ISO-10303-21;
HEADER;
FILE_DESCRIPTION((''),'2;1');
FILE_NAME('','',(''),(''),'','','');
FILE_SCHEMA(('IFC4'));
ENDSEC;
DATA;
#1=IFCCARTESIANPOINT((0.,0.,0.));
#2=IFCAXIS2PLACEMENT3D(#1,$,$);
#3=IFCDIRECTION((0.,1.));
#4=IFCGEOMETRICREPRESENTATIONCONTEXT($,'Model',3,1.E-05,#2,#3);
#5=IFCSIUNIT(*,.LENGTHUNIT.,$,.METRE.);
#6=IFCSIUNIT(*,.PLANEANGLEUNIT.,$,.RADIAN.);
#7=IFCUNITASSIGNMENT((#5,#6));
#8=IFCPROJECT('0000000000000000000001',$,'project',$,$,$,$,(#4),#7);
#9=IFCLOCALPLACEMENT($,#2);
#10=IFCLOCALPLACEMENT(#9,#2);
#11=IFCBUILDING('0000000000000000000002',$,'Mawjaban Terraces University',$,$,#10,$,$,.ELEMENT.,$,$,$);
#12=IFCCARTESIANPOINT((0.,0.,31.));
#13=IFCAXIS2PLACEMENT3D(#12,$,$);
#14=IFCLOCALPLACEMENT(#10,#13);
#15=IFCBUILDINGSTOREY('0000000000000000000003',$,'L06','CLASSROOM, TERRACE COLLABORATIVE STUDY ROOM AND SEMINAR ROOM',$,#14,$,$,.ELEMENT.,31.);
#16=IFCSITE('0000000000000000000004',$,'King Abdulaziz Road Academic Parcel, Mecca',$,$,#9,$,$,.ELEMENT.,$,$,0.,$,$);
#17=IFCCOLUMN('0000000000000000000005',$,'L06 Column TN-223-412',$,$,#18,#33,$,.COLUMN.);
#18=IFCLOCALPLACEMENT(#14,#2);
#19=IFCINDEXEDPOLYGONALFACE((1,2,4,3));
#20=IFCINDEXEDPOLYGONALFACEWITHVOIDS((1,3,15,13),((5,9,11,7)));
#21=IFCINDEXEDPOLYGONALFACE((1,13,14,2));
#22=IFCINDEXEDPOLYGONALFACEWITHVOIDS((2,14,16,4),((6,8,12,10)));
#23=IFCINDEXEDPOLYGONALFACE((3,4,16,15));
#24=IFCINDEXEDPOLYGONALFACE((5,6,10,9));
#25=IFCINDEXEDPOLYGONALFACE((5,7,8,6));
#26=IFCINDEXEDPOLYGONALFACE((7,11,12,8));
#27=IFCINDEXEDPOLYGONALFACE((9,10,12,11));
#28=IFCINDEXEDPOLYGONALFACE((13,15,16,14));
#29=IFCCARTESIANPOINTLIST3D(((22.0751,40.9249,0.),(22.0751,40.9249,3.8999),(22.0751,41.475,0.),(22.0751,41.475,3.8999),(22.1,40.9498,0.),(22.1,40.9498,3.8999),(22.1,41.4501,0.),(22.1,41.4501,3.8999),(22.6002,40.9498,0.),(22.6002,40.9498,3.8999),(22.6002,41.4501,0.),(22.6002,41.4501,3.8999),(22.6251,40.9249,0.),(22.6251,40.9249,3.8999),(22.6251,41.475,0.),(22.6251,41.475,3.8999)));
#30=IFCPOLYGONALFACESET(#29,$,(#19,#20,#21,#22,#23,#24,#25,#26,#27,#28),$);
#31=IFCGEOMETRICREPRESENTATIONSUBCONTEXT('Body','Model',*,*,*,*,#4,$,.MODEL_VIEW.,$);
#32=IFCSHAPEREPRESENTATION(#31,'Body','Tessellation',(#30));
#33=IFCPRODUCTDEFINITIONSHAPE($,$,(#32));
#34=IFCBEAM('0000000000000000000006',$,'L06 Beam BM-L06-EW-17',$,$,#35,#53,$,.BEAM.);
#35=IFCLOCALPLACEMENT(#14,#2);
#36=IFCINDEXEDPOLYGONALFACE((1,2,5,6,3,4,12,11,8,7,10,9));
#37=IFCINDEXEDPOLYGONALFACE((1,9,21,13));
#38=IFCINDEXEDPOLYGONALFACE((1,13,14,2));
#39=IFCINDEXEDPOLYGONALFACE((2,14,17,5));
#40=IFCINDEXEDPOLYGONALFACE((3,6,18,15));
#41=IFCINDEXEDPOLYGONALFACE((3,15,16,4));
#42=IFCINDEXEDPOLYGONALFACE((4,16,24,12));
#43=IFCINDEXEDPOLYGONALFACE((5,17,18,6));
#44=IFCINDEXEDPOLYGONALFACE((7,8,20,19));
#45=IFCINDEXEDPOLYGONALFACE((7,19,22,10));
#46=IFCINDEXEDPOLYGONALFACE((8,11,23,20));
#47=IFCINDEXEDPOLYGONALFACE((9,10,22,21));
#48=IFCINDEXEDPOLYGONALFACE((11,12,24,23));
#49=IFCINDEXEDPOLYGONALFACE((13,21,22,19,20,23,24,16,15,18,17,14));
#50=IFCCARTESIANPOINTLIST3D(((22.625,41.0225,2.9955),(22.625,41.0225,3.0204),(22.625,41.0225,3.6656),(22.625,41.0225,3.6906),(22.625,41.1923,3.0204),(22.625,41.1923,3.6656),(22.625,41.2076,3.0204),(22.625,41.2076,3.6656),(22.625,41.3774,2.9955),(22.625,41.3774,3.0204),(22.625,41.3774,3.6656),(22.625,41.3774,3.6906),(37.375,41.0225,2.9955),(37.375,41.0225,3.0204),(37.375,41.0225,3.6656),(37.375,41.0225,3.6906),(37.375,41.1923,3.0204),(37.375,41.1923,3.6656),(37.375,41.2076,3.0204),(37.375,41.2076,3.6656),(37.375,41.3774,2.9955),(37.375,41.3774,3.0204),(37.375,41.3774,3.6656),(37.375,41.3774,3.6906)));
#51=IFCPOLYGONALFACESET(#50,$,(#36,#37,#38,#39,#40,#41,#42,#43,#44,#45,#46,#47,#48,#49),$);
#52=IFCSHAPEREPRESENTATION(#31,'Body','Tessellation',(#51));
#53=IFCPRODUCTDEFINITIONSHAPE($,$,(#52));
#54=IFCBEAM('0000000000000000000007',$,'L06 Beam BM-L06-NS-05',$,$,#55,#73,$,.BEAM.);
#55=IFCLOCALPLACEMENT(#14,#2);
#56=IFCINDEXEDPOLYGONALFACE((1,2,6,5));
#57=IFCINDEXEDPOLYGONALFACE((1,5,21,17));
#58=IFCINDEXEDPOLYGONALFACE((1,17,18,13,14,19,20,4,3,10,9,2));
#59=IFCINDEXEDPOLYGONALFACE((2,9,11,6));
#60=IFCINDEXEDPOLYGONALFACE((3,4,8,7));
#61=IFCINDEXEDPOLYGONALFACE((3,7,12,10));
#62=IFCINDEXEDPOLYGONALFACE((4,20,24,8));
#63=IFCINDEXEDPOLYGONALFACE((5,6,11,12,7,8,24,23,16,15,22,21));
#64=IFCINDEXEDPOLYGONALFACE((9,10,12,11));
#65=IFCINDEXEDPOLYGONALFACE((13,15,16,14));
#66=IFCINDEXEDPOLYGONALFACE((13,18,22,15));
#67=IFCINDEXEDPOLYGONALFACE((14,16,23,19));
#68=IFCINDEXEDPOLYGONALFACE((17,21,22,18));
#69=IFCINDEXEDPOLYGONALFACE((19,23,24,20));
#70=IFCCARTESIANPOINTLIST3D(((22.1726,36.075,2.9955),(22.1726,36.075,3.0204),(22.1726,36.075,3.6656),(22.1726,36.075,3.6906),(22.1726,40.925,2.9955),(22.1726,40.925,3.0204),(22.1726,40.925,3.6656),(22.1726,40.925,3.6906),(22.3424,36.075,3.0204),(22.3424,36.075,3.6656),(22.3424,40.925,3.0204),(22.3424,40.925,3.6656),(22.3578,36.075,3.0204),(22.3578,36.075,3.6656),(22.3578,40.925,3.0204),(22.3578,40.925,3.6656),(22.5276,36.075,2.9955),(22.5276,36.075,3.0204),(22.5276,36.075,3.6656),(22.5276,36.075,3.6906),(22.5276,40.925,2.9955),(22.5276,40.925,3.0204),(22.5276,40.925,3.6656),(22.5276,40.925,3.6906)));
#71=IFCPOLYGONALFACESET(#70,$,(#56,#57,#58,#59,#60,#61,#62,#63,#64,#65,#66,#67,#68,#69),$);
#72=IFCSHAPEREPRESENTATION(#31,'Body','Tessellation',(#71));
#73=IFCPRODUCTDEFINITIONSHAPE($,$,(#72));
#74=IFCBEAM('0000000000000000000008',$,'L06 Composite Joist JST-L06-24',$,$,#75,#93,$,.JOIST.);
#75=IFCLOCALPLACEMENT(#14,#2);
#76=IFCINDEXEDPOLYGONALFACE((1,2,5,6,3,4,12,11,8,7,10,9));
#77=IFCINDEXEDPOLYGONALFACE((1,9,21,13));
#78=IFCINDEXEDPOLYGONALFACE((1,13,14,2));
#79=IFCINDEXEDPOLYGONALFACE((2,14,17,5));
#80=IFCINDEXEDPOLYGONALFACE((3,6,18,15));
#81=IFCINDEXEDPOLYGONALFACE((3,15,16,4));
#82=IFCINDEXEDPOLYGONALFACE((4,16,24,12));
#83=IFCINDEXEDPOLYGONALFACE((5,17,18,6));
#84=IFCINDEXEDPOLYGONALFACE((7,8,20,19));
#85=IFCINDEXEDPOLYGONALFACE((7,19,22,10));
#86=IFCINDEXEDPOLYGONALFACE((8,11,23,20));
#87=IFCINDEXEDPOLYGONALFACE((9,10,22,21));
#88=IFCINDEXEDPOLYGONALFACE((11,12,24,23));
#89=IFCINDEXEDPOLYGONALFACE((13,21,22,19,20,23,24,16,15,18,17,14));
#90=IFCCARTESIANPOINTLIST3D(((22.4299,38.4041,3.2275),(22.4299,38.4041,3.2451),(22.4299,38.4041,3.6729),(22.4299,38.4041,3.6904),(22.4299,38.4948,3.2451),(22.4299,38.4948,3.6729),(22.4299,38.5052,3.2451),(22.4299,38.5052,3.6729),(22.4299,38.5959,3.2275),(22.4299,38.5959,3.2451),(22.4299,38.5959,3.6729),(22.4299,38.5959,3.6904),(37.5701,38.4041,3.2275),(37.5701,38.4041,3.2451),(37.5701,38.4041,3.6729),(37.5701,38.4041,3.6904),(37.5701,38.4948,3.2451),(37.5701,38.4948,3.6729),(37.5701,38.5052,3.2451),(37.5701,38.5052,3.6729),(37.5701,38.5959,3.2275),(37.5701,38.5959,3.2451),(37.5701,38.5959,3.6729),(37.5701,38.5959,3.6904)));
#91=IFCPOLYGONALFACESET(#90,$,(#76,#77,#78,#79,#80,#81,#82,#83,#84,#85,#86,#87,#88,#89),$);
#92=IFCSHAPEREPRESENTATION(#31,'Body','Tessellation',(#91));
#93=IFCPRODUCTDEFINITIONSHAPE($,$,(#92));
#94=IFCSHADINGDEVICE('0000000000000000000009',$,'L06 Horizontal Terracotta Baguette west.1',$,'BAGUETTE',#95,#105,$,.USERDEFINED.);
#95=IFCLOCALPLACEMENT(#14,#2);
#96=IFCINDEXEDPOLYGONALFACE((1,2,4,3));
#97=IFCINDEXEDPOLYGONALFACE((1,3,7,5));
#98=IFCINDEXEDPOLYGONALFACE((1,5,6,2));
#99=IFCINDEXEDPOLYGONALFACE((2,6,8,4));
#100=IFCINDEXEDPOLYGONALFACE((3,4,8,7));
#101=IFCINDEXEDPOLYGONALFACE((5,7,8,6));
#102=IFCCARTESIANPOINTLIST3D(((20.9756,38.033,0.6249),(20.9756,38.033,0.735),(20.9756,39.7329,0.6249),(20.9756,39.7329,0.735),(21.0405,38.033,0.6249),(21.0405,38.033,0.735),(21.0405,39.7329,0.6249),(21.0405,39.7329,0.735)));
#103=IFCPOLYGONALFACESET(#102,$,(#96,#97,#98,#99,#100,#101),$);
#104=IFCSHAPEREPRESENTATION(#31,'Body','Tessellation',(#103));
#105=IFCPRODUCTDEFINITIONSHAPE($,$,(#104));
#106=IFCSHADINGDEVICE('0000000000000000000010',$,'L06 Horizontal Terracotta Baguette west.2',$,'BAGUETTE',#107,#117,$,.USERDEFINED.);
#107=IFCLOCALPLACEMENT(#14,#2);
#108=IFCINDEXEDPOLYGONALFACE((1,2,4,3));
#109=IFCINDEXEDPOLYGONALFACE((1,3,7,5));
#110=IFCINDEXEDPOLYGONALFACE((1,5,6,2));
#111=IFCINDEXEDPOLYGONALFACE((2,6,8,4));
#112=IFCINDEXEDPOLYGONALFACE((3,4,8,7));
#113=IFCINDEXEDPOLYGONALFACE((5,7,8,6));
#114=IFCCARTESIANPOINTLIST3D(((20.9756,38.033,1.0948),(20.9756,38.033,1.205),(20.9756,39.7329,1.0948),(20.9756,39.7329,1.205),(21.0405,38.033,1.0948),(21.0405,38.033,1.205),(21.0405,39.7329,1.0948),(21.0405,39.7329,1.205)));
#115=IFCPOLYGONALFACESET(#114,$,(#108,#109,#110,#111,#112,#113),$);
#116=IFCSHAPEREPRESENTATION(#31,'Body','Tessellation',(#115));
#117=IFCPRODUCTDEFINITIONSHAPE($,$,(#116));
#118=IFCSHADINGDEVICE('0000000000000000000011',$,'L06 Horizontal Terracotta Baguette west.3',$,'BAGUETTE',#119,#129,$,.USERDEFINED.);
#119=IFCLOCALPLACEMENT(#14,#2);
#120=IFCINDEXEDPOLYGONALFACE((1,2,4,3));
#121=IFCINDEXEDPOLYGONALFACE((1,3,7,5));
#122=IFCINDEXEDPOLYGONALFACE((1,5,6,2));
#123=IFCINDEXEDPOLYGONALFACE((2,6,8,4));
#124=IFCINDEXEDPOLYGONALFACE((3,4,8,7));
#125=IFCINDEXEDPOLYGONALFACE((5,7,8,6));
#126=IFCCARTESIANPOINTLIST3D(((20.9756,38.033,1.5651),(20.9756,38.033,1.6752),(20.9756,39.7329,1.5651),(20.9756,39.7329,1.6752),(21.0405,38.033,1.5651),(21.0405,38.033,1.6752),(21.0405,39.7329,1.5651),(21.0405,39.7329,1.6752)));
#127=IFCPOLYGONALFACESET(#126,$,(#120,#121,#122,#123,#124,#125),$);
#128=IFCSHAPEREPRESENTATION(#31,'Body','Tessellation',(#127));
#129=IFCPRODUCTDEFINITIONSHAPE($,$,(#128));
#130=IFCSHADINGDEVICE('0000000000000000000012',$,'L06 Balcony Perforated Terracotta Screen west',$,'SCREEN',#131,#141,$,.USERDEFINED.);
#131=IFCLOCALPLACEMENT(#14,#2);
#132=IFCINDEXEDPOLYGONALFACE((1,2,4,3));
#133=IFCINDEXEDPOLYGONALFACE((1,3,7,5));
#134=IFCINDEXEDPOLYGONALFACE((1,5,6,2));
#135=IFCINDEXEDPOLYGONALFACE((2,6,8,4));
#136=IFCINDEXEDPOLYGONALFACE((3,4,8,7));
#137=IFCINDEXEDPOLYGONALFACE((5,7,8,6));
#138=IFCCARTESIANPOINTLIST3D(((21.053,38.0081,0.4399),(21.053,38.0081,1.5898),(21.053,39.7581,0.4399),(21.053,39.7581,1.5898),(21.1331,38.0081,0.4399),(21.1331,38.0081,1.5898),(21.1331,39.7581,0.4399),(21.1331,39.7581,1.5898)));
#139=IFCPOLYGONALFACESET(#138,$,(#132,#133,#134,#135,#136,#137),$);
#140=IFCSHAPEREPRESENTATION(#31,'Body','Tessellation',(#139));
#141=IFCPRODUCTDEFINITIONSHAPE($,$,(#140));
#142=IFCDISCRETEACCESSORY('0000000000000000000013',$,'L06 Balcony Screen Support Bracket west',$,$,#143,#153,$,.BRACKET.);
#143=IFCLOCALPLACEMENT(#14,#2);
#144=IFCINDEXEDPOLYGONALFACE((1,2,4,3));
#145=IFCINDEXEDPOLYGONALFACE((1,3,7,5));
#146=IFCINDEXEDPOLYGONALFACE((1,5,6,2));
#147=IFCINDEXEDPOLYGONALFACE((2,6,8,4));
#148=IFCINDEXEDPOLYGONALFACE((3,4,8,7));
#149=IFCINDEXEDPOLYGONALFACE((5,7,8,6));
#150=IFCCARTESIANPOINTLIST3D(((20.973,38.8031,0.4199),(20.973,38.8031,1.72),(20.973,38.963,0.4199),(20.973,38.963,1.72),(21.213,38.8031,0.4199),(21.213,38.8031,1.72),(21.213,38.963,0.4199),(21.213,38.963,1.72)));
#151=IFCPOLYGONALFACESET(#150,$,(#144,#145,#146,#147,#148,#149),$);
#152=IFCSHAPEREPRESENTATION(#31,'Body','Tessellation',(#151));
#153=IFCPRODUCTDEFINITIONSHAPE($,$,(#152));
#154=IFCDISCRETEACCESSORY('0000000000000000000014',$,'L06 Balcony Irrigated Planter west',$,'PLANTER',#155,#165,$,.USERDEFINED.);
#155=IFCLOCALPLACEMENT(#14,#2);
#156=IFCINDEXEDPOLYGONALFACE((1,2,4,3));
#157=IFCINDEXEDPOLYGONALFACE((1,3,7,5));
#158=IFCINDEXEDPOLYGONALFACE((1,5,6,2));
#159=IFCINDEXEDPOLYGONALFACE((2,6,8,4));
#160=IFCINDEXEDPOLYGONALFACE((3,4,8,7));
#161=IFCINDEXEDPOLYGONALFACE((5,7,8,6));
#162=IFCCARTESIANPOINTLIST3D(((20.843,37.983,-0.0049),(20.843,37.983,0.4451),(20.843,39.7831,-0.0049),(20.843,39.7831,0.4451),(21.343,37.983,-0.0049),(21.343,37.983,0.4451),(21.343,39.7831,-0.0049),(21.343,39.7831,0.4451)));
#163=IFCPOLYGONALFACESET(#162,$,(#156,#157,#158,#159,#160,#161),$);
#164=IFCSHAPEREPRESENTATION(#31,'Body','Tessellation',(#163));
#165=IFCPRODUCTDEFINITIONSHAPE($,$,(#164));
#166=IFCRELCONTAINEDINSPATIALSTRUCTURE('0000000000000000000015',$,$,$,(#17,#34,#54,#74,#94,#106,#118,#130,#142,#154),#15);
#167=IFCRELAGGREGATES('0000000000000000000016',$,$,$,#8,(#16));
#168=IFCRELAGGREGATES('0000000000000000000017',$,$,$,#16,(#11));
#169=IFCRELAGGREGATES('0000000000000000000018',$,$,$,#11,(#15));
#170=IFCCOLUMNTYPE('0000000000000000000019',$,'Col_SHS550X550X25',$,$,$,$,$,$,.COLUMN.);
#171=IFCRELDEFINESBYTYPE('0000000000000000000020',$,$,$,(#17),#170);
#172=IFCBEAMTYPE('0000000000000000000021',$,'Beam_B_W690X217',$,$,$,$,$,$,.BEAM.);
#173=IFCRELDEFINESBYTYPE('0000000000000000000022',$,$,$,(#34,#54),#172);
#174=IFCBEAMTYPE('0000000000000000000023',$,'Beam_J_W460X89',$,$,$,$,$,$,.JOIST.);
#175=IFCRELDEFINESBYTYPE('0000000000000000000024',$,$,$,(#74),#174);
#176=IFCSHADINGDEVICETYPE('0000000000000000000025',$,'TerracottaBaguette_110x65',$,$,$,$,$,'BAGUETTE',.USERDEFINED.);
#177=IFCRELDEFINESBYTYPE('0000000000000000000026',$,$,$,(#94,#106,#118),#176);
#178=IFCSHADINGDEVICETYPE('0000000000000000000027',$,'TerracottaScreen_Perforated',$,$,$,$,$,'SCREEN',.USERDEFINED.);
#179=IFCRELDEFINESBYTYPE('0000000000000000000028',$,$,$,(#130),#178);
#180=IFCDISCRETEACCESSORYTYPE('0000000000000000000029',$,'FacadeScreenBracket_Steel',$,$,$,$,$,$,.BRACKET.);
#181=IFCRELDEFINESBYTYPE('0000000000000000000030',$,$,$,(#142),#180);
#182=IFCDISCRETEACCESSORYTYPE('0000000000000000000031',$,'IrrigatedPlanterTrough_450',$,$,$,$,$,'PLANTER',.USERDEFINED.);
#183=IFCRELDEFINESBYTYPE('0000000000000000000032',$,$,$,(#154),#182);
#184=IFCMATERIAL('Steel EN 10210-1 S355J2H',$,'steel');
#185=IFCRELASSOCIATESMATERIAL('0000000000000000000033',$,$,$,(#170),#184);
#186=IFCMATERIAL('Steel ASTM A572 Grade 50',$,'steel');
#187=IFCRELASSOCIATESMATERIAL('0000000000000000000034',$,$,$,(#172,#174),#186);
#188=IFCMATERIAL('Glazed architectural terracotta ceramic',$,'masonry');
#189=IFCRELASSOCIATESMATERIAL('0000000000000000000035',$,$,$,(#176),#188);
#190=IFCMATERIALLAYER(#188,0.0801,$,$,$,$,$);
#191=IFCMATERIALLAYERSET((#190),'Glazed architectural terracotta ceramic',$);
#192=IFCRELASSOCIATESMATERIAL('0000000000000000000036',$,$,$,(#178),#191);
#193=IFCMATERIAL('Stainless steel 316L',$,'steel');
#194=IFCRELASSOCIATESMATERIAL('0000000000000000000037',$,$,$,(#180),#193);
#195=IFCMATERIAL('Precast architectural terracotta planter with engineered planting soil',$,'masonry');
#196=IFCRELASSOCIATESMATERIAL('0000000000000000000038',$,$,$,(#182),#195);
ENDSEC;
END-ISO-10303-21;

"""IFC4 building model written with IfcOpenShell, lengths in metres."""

from ifc_helpers import new_model, si_unit, direction, frame, origin, origin_2d, place, context, subcontext, project, spatial, rectangle, hollow_rectangle, i_section, extrude, material, layer, layer_set, material_profile, profile_set, type_object, element, save


model = new_model("IFC4")

# Units and contexts
model_context = context("Model", 3, precision=1e-05, world=origin(), true_north=direction((0.0, 1.0)))
body_context = subcontext(model_context, "Body", "Model", "MODEL_VIEW")
ifc_project = project(units=[si_unit("LENGTHUNIT", "METRE"), si_unit("PLANEANGLEUNIT", "RADIAN")], contexts=[model_context])

# Site, building, storey
site_placement = place(None, origin())
site = spatial("IfcSite", under=ifc_project, at=site_placement, Name="King Abdulaziz Road Academic Parcel, Mecca", CompositionType="ELEMENT", RefElevation=0.0)
building_placement = place(site_placement, origin())
building = spatial("IfcBuilding", under=site, at=building_placement, Name="Mawjaban Terraces University", CompositionType="ELEMENT")
storey_placement = place(building_placement, frame((0.0, 0.0, 31.0)))
storey = spatial("IfcBuildingStorey", under=building, at=storey_placement, Name="L06", Description="CLASSROOM, TERRACE COLLABORATIVE STUDY ROOM AND SEMINAR ROOM", CompositionType="ELEMENT", Elevation=31.0)

# Column
ifc_material_1 = material(Name="Steel EN 10210-1 S355J2H", Category="steel")
ifc_material_profile_1 = material_profile(ifc_material_1, hollow_rectangle(XDim=0.55, YDim=0.55, WallThickness=0.0249, at=origin_2d()), Name="SHS550X550X25")
ifc_profile_set_1 = profile_set([ifc_material_profile_1], Name="Steel EN 10210-1 S355J2H")
column_type = type_object("IfcColumnType", Name="Col_SHS550X550X25", PredefinedType="COLUMN", material=ifc_profile_set_1)
column_placement = place(storey_placement, frame((22.3501, 41.2, 0.0), z_axis=(0.0, 0.0, 1.0), x_axis=(1.0, 0.0, 0.0)))
element("IfcColumn", 1, at=column_placement, inside=storey, type_object=column_type, Name="L06 Column TN-223-412", PredefinedType="COLUMN", context=body_context, shape_type="SweptSolid", body=[
    extrude(hollow_rectangle(XDim=0.55, YDim=0.55, WallThickness=0.0249, at=origin_2d()), origin(), (0.0, 0.0, 1.0), 3.8999),
])

# Beams
ifc_material_2 = material(Name="Steel ASTM A572 Grade 50", Category="steel")
ifc_material_profile_2 = material_profile(ifc_material_2, i_section(OverallWidth=0.355, OverallDepth=0.6951, WebThickness=0.0154, FlangeThickness=0.0249, at=origin_2d()), Name="W690X217")
ifc_profile_set_2 = profile_set([ifc_material_profile_2], Name="Steel ASTM A572 Grade 50")
beam_type_1 = type_object("IfcBeamType", Name="Beam_B_W690X217", PredefinedType="BEAM", material=ifc_profile_set_2)
beam_1_placement = place(storey_placement, frame((22.625, 41.2, 3.343), z_axis=(1.0, 0.0, 0.0), x_axis=(0.0, 1.0, 0.0)))
element("IfcBeam", 2, at=beam_1_placement, inside=storey, type_object=beam_type_1, Name="L06 Beam BM-L06-EW-17", PredefinedType="BEAM", context=body_context, shape_type="SweptSolid", body=[
    extrude(i_section(OverallWidth=0.355, OverallDepth=0.6951, WebThickness=0.0154, FlangeThickness=0.0249, at=origin_2d()), origin(), (0.0, 0.0, 1.0), 14.75),
])
beam_2_placement = place(storey_placement, frame((22.3501, 36.075, 3.343), z_axis=(0.0, 1.0, 0.0), x_axis=(-1.0, 0.0, 0.0)))
element("IfcBeam", 3, at=beam_2_placement, inside=storey, type_object=beam_type_1, Name="L06 Beam BM-L06-NS-05", PredefinedType="BEAM", context=body_context, shape_type="SweptSolid", body=[
    extrude(i_section(OverallWidth=0.355, OverallDepth=0.6951, WebThickness=0.0154, FlangeThickness=0.0249, at=origin_2d()), origin(), (0.0, 0.0, 1.0), 4.8501),
])
ifc_material_profile_3 = material_profile(ifc_material_2, i_section(OverallWidth=0.1919, OverallDepth=0.4629, WebThickness=0.0105, FlangeThickness=0.0176, at=origin_2d()), Name="W460X89")
ifc_profile_set_3 = profile_set([ifc_material_profile_3], Name="Steel ASTM A572 Grade 50")
beam_type_2 = type_object("IfcBeamType", Name="Beam_J_W460X89", PredefinedType="JOIST", material=ifc_profile_set_3)
beam_3_placement = place(storey_placement, frame((22.4299, 38.5, 3.459), z_axis=(1.0, 0.0, 0.0), x_axis=(0.0, 1.0, 0.0)))
element("IfcBeam", 4, at=beam_3_placement, inside=storey, type_object=beam_type_2, Name="L06 Composite Joist JST-L06-24", PredefinedType="JOIST", context=body_context, shape_type="SweptSolid", body=[
    extrude(i_section(OverallWidth=0.1919, OverallDepth=0.4629, WebThickness=0.0105, FlangeThickness=0.0176, at=origin_2d()), origin(), (0.0, 0.0, 1.0), 15.1401),
])

# Shading devices
ifc_material_3 = material(Name="Glazed architectural terracotta ceramic", Category="masonry")
ifc_material_profile_4 = material_profile(ifc_material_3, rectangle(XDim=0.0649, YDim=0.1101, at=origin_2d()), Name="TBAG110X65")
ifc_profile_set_4 = profile_set([ifc_material_profile_4], Name="Glazed architectural terracotta ceramic")
shading_device_type_1 = type_object("IfcShadingDeviceType", Name="TerracottaBaguette_110x65", ElementType="BAGUETTE", PredefinedType="USERDEFINED", material=ifc_profile_set_4)
for number, where, z_axis, x_axis, name in (
    (5, (21.0081, 38.033, 0.6799), (0.0, 1.0, 0.0), (-1.0, 0.0, 0.0), "L06 Horizontal Terracotta Baguette west.1"),
    (6, (21.0081, 38.033, 1.1499), (0.0, 1.0, 0.0), (-1.0, 0.0, 0.0), "L06 Horizontal Terracotta Baguette west.2"),
    (7, (21.0081, 38.033, 1.6201), (0.0, 1.0, 0.0), (-1.0, 0.0, 0.0), "L06 Horizontal Terracotta Baguette west.3"),
):
    element("IfcShadingDevice", number, at=place(storey_placement, frame(where, z_axis=z_axis, x_axis=x_axis)), inside=storey, type_object=shading_device_type_1, Name=name, ObjectType="BAGUETTE", PredefinedType="USERDEFINED", context=body_context, shape_type="SweptSolid", body=[
        extrude(rectangle(XDim=0.0649, YDim=0.1101, at=origin_2d()), origin(), (0.0, 0.0, 1.0), 1.7),
    ])
ifc_layer = layer(ifc_material_3, 0.0801)
ifc_layer_set = layer_set([ifc_layer], Name="Glazed architectural terracotta ceramic")
shading_device_type_2 = type_object("IfcShadingDeviceType", Name="TerracottaScreen_Perforated", ElementType="SCREEN", PredefinedType="USERDEFINED", material=ifc_layer_set)
shading_device_placement = place(storey_placement, frame((21.093, 38.8831, 0.4399), z_axis=(0.0, 0.0, 1.0), x_axis=(0.0, 1.0, 0.0)))
element("IfcShadingDevice", 8, at=shading_device_placement, inside=storey, type_object=shading_device_type_2, Name="L06 Balcony Perforated Terracotta Screen west", ObjectType="SCREEN", PredefinedType="USERDEFINED", context=body_context, shape_type="SweptSolid", body=[
    extrude(rectangle(XDim=1.75, YDim=0.0801, at=origin_2d()), origin(), (0.0, 0.0, 1.0), 1.1499),
])

# Discrete accessories
ifc_material_4 = material(Name="Stainless steel 316L", Category="steel")
discrete_accessory_type_1 = type_object("IfcDiscreteAccessoryType", Name="FacadeScreenBracket_Steel", PredefinedType="BRACKET", material=ifc_material_4)
discrete_accessory_1_placement = place(storey_placement, frame((21.093, 38.8831, 0.4199), z_axis=(0.0, 0.0, 1.0), x_axis=(0.0, 1.0, 0.0)))
element("IfcDiscreteAccessory", 9, at=discrete_accessory_1_placement, inside=storey, type_object=discrete_accessory_type_1, Name="L06 Balcony Screen Support Bracket west", PredefinedType="BRACKET", context=body_context, shape_type="SweptSolid", body=[
    extrude(rectangle(XDim=0.1599, YDim=0.24, at=origin_2d()), origin(), (0.0, 0.0, 1.0), 1.3),
])
ifc_material_5 = material(Name="Precast architectural terracotta planter with engineered planting soil", Category="masonry")
discrete_accessory_type_2 = type_object("IfcDiscreteAccessoryType", Name="IrrigatedPlanterTrough_450", ElementType="PLANTER", PredefinedType="USERDEFINED", material=ifc_material_5)
discrete_accessory_2_placement = place(storey_placement, frame((21.093, 38.8831, -0.0049), z_axis=(0.0, 0.0, 1.0), x_axis=(0.0, 1.0, 0.0)))
element("IfcDiscreteAccessory", 10, at=discrete_accessory_2_placement, inside=storey, type_object=discrete_accessory_type_2, Name="L06 Balcony Irrigated Planter west", ObjectType="PLANTER", PredefinedType="USERDEFINED", context=body_context, shape_type="SweptSolid", body=[
    extrude(rectangle(XDim=1.8, YDim=0.5, at=origin_2d()), origin(), (0.0, 0.0, 1.0), 0.45),
])

save(model, "model.ifc")
